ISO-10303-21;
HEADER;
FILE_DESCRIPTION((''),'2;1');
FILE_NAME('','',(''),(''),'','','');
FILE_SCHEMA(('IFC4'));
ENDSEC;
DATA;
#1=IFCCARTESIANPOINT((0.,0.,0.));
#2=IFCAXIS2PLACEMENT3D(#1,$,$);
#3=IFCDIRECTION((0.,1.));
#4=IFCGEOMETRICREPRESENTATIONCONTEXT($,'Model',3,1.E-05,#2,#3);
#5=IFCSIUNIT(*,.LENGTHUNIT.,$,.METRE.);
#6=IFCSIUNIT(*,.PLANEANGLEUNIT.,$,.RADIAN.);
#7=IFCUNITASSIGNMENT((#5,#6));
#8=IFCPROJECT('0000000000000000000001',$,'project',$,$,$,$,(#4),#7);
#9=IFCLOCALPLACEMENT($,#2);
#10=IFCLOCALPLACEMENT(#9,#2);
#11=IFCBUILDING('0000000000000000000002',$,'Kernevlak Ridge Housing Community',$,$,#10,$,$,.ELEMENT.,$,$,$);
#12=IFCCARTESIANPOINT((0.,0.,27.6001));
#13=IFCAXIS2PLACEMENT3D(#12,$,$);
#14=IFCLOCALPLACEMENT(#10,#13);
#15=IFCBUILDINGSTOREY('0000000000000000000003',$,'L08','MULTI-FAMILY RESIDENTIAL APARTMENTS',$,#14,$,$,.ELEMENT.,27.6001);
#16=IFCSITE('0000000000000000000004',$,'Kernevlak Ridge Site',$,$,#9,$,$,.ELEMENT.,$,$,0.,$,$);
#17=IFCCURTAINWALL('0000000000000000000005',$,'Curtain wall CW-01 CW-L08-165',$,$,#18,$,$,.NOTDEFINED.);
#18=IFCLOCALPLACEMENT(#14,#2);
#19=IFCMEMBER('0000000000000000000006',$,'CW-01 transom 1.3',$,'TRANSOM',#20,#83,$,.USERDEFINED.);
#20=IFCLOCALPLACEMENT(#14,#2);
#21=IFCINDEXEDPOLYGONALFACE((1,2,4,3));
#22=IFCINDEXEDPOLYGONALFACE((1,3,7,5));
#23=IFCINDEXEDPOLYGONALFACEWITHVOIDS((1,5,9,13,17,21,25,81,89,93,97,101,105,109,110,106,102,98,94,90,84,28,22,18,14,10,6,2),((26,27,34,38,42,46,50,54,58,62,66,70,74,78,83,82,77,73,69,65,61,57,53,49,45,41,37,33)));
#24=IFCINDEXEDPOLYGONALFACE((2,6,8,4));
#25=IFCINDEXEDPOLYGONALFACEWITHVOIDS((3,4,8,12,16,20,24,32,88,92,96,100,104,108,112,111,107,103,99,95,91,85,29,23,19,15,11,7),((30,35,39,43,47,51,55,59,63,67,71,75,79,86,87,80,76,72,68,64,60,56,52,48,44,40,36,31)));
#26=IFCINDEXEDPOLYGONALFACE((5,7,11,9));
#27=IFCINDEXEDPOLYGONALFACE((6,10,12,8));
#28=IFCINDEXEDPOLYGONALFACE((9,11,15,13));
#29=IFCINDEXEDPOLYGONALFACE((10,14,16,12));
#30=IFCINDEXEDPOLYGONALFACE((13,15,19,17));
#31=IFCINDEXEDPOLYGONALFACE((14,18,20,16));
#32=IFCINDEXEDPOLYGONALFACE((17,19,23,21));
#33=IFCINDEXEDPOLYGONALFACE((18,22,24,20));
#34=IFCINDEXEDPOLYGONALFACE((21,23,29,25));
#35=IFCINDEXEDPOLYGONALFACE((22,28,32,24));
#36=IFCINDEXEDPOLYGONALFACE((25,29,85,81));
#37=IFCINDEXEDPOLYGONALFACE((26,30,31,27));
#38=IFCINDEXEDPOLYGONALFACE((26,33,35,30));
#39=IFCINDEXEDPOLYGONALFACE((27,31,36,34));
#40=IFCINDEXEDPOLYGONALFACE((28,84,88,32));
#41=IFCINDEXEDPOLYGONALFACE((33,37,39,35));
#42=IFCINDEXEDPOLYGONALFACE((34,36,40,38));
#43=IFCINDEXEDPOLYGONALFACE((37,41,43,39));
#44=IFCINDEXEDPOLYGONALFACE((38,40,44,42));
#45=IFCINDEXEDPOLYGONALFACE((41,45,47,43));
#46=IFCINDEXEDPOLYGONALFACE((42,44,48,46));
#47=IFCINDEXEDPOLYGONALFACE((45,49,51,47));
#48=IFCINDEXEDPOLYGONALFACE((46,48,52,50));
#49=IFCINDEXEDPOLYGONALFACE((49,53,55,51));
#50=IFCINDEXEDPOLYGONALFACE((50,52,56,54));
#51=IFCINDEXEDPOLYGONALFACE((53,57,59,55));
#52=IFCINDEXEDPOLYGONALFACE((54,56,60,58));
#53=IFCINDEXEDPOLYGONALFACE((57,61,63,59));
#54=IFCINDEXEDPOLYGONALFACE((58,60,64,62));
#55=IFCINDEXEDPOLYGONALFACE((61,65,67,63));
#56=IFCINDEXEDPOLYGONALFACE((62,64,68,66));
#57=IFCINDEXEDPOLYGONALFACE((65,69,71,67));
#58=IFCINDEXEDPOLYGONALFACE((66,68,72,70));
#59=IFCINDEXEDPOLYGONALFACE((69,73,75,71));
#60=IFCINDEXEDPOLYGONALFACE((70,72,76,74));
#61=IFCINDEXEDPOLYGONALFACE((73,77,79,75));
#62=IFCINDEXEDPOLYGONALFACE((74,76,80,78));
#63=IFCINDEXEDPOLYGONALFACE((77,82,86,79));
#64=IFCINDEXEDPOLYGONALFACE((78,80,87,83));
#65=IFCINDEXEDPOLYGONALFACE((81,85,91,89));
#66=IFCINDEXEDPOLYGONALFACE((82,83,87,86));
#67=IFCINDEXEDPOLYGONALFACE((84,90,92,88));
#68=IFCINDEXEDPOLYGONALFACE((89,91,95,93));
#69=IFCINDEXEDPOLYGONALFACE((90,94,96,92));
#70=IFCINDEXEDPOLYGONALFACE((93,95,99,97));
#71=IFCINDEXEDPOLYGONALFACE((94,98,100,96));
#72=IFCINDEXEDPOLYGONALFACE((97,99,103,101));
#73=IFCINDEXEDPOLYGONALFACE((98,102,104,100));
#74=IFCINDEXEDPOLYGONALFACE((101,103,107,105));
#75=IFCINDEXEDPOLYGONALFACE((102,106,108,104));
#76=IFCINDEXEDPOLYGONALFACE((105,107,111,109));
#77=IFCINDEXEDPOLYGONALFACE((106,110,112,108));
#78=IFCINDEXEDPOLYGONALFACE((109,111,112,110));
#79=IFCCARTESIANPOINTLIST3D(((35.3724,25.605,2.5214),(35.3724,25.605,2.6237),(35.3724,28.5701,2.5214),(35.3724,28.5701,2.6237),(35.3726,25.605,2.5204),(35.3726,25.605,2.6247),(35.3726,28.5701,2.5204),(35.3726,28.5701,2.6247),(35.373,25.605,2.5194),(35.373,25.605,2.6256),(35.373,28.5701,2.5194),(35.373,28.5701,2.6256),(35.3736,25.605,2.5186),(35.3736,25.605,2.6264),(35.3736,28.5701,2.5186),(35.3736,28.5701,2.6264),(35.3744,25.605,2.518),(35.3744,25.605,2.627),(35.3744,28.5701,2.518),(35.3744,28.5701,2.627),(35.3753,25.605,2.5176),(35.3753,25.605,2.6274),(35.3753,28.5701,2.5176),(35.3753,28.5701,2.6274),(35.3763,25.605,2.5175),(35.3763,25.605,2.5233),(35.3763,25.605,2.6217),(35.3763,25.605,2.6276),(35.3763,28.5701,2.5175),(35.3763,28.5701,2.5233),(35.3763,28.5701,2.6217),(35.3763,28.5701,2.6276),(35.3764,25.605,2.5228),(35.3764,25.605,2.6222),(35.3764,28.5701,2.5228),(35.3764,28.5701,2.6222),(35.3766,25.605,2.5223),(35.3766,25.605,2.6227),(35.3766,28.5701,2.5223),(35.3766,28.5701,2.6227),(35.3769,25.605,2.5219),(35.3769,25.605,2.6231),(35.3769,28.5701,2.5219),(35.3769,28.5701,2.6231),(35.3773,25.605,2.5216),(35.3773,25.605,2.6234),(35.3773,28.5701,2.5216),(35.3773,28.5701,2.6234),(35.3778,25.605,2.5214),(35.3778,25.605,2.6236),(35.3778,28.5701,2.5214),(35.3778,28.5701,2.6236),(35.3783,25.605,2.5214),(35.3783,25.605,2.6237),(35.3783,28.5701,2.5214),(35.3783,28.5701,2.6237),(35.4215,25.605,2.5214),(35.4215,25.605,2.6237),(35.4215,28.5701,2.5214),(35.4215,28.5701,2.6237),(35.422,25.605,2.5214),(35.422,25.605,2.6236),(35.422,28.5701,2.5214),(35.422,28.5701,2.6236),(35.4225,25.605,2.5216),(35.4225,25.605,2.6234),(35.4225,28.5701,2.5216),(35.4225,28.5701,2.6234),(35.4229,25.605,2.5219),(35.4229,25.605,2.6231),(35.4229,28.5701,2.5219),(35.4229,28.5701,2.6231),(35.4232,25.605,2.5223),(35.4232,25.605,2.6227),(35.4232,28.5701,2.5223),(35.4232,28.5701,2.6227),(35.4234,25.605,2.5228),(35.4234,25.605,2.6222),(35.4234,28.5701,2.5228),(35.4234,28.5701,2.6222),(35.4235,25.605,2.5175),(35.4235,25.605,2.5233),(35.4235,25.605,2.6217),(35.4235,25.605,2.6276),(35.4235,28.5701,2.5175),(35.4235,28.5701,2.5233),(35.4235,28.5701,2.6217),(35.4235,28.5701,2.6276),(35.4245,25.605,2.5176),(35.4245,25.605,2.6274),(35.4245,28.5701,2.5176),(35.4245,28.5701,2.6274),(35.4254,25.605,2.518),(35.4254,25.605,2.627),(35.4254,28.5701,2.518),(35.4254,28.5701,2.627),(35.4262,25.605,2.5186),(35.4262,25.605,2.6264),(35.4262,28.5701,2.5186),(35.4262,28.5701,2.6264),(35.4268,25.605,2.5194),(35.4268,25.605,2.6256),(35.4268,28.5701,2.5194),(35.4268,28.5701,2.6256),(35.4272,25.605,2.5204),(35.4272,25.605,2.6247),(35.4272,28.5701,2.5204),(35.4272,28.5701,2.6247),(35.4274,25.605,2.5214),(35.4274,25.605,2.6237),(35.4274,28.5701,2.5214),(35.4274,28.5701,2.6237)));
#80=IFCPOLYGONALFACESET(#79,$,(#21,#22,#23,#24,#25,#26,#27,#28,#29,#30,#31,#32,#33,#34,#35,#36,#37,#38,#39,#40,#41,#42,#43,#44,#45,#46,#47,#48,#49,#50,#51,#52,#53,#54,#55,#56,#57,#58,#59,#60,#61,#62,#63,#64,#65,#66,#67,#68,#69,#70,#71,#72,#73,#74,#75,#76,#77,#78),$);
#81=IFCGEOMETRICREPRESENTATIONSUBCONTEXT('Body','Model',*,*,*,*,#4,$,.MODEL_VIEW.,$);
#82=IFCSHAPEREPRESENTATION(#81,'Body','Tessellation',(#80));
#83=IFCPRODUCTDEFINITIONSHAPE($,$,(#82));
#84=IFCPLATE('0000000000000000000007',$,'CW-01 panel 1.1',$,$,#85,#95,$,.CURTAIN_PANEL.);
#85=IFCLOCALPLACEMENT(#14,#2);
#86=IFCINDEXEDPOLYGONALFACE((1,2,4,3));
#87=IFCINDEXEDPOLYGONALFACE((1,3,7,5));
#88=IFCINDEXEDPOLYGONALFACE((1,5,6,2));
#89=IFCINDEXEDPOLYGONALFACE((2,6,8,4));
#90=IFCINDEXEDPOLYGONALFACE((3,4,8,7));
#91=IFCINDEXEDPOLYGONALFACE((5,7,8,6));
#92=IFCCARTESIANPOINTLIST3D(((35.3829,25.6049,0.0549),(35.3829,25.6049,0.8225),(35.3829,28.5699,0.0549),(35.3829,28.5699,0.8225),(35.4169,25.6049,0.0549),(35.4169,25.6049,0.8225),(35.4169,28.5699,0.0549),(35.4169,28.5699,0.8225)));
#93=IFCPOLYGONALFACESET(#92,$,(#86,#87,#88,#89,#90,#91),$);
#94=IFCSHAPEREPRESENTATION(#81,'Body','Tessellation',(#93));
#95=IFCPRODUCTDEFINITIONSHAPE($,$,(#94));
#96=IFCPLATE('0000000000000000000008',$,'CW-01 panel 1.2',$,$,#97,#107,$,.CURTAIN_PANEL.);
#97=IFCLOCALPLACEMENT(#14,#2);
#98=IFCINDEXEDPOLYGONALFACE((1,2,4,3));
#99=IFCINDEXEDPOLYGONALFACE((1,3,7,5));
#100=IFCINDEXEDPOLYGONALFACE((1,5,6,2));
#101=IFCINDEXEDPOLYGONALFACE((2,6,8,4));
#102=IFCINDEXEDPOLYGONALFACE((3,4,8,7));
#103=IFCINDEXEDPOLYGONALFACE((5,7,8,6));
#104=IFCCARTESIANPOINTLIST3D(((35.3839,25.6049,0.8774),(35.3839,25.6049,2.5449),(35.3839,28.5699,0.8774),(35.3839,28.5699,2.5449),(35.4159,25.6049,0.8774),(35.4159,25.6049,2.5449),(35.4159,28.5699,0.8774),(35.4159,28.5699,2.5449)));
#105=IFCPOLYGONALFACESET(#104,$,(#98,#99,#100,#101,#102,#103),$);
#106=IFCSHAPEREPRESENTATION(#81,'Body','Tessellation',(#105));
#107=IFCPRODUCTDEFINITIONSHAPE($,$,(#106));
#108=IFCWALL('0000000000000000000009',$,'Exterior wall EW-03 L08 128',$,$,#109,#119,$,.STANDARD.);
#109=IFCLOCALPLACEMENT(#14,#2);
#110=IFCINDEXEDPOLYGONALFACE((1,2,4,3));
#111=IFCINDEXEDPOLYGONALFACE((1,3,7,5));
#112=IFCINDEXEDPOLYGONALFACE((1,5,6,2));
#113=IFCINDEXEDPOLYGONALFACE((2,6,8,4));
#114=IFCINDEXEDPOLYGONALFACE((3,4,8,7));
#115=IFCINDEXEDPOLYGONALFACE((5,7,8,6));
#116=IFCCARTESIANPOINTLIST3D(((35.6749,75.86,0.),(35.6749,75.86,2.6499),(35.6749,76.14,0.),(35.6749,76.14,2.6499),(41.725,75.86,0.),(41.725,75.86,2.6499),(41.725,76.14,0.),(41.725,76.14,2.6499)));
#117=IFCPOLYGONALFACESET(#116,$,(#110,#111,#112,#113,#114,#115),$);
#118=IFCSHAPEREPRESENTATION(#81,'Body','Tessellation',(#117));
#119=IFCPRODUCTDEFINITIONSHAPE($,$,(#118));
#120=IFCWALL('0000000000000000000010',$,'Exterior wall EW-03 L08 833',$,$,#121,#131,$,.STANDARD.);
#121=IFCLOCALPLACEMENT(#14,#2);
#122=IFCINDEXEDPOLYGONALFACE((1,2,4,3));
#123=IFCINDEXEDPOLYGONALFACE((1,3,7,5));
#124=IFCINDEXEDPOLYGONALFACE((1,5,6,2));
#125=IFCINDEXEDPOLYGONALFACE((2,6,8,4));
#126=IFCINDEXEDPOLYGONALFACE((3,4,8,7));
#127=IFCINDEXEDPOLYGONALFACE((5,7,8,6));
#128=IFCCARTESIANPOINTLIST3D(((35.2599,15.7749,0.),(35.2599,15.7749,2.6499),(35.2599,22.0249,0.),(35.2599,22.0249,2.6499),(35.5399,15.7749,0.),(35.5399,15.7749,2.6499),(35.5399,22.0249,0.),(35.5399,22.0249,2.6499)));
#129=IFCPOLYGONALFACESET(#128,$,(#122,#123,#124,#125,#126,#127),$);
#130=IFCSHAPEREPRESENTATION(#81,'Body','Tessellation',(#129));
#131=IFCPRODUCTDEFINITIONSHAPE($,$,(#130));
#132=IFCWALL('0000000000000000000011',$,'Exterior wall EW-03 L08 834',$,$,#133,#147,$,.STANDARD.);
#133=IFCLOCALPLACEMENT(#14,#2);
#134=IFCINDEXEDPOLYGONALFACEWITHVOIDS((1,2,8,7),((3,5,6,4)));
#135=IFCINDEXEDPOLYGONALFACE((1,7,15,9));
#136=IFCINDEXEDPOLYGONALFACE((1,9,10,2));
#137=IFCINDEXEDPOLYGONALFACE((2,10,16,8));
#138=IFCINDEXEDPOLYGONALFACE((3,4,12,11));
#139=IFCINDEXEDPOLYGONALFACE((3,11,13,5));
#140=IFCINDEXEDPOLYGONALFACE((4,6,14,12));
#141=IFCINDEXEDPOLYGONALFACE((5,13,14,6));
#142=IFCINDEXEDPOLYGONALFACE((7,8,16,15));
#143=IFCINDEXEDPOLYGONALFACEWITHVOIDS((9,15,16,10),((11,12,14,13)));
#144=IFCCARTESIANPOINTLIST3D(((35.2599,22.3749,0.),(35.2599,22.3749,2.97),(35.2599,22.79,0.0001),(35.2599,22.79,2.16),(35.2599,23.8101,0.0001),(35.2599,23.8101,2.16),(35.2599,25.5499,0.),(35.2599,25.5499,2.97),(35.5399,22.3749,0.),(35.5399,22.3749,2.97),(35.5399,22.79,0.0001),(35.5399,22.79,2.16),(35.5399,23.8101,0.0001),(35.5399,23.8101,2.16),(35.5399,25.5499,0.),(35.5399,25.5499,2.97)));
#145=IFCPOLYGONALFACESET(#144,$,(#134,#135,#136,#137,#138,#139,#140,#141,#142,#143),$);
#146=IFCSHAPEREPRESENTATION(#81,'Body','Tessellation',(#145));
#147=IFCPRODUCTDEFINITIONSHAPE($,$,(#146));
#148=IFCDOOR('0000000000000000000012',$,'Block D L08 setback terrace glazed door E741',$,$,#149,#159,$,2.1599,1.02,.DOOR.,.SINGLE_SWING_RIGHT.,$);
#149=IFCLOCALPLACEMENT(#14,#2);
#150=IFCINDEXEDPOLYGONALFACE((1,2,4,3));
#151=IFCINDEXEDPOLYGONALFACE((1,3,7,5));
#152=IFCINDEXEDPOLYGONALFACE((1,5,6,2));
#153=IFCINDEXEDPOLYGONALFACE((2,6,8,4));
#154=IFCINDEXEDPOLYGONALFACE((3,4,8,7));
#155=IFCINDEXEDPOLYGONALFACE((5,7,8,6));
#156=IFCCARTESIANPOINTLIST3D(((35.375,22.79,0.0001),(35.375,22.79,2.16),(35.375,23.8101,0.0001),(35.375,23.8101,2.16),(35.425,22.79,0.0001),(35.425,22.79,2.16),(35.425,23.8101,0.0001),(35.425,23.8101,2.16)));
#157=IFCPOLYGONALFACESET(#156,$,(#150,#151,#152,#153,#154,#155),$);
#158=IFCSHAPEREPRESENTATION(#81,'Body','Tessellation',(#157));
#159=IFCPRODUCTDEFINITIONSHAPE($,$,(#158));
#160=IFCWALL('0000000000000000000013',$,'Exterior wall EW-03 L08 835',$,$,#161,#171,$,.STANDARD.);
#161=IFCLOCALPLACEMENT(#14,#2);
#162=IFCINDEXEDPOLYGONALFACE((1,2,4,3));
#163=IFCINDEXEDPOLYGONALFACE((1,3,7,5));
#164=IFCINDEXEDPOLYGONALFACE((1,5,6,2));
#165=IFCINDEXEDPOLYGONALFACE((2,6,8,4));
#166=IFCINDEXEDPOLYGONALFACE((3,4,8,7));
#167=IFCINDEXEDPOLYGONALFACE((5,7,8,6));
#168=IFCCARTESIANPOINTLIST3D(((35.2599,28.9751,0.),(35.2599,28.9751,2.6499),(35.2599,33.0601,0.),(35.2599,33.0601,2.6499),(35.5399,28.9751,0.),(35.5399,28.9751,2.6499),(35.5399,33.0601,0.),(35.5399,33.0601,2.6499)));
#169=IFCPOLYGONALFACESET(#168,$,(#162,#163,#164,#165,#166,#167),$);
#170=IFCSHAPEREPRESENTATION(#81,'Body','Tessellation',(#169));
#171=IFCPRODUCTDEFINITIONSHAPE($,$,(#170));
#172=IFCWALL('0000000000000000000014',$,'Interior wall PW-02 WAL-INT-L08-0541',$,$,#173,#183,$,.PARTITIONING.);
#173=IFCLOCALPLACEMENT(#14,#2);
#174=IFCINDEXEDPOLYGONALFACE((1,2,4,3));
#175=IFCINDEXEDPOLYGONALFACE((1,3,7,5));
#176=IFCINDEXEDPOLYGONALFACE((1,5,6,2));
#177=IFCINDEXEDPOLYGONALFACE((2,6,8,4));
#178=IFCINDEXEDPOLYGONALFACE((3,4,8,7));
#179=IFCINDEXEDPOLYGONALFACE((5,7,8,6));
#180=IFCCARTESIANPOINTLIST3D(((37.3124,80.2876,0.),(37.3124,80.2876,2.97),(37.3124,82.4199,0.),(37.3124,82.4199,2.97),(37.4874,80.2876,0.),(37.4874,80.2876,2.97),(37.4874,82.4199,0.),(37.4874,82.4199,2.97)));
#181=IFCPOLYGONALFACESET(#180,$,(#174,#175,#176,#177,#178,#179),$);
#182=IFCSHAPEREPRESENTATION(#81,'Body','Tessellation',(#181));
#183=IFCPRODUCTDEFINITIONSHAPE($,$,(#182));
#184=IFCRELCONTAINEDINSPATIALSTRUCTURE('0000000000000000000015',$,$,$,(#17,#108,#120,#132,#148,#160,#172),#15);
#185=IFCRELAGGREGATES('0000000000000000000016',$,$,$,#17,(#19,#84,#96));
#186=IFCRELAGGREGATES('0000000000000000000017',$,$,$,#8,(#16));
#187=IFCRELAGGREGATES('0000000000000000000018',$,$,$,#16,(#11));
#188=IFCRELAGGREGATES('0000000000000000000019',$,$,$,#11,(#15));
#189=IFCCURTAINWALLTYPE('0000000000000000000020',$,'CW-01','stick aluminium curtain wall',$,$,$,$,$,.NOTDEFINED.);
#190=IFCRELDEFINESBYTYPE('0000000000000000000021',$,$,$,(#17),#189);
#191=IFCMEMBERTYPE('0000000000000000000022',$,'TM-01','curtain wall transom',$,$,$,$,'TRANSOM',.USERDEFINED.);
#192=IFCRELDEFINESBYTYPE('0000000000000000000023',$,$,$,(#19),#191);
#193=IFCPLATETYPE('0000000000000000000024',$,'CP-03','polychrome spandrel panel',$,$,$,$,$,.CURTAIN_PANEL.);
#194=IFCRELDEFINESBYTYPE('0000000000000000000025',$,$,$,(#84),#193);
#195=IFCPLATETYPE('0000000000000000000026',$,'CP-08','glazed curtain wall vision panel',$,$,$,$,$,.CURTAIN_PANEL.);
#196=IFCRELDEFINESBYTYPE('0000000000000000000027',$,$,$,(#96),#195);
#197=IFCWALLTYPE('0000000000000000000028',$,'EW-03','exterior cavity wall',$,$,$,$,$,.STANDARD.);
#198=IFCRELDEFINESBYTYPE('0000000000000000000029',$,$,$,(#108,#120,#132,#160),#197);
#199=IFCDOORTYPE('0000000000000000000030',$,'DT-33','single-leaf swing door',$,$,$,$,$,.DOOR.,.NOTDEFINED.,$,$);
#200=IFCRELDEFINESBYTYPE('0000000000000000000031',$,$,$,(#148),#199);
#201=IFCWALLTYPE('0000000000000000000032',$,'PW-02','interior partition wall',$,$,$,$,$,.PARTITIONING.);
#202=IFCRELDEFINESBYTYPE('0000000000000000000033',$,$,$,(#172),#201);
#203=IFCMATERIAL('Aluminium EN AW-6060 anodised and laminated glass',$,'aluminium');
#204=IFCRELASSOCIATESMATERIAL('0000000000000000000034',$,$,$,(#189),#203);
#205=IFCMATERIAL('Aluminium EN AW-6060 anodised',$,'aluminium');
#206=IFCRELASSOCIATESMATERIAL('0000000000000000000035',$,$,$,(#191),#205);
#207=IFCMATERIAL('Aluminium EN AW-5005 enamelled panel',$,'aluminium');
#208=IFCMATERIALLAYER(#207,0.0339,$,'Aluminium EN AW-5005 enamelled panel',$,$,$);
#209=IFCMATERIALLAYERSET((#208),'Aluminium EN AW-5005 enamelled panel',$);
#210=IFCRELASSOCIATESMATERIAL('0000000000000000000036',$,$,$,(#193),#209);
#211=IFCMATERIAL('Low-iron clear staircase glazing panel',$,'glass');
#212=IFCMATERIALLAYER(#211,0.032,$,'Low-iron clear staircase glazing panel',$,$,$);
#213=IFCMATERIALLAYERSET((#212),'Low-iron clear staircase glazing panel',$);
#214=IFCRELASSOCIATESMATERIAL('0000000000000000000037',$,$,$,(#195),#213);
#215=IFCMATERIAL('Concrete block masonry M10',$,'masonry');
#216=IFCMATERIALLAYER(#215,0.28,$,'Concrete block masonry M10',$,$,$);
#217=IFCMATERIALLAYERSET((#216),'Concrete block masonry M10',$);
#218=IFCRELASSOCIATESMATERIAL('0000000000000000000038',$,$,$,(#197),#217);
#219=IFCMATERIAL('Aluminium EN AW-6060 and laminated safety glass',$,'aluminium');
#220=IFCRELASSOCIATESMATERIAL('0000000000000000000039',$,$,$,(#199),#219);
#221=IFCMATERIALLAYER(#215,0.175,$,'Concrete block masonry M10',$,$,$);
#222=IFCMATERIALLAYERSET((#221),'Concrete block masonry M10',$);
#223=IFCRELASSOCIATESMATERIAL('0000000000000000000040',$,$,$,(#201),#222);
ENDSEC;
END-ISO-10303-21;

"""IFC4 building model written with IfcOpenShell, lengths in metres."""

from ifc_helpers import new_model, si_unit, direction, frame, frame_2d, origin, origin_2d, place, context, subcontext, project, spatial, rectangle, hollow_rectangle, extrude, material, layer, layer_set, material_profile, profile_set, type_object, element, fill, aggregate, save


model = new_model("IFC4")

# Units and contexts
model_context = context("Model", 3, precision=1e-05, world=origin(), true_north=direction((0.0, 1.0)))
body_context = subcontext(model_context, "Body", "Model", "MODEL_VIEW")
ifc_project = project(units=[si_unit("LENGTHUNIT", "METRE"), si_unit("PLANEANGLEUNIT", "RADIAN")], contexts=[model_context])

# Site, building, storey
site_placement = place(None, origin())
site = spatial("IfcSite", under=ifc_project, at=site_placement, Name="Kernevlak Ridge Site", CompositionType="ELEMENT", RefElevation=0.0)
building_placement = place(site_placement, origin())
building = spatial("IfcBuilding", under=site, at=building_placement, Name="Kernevlak Ridge Housing Community", CompositionType="ELEMENT")
storey_placement = place(building_placement, frame((0.0, 0.0, 27.6001)))
storey = spatial("IfcBuildingStorey", under=building, at=storey_placement, Name="L08", Description="MULTI-FAMILY RESIDENTIAL APARTMENTS", CompositionType="ELEMENT", Elevation=27.6001)

# Curtain wall
ifc_material_1 = material(Name="Aluminium EN AW-6060 anodised and laminated glass", Category="aluminium")
curtain_wall_type = type_object("IfcCurtainWallType", Name="CW-01", Description="stick aluminium curtain wall", PredefinedType="NOTDEFINED", material=ifc_material_1)
curtain_wall_placement = place(storey_placement, origin())
curtain_wall = element("IfcCurtainWall", 1, at=curtain_wall_placement, inside=storey, type_object=curtain_wall_type, Name="Curtain wall CW-01 CW-L08-165", PredefinedType="NOTDEFINED")
ifc_material_2 = material(Name="Aluminium EN AW-6060 anodised", Category="aluminium")

# Member
ifc_material_profile_1 = material_profile(ifc_material_2, hollow_rectangle(XDim=0.0549, YDim=0.1101, WallThickness=0.0039, InnerFilletRadius=0.002, OuterFilletRadius=0.0039, at=origin_2d()), Name="ALU 55x110x4")
ifc_profile_set_1 = profile_set([ifc_material_profile_1], Name="Aluminium EN AW-6060 anodised")
member_type_1 = type_object("IfcMemberType", Name="TM-01", Description="curtain wall transom", ElementType="TRANSOM", PredefinedType="USERDEFINED", material=ifc_profile_set_1)
member_1_placement = place(storey_placement, frame((35.3999, 25.605, 2.5725), z_axis=(0.0, 1.0, 0.0), x_axis=(-1.0, 0.0, 0.0)))
member_1 = element("IfcMember", 2, at=member_1_placement, type_object=member_type_1, Name="CW-01 transom 1.3", ObjectType="TRANSOM", PredefinedType="USERDEFINED", context=body_context, shape_type="SweptSolid", body=[
    extrude(hollow_rectangle(XDim=0.0549, YDim=0.1101, WallThickness=0.0039, InnerFilletRadius=0.002, OuterFilletRadius=0.0039, at=origin_2d()), origin(), (0.0, 0.0, 1.0), 2.9651),
])

# Plates
ifc_material_3 = material(Name="Aluminium EN AW-5005 enamelled panel", Category="aluminium")
ifc_layer_1 = layer(ifc_material_3, 0.0339, Name="Aluminium EN AW-5005 enamelled panel")
ifc_layer_set_1 = layer_set([ifc_layer_1], Name="Aluminium EN AW-5005 enamelled panel")
plate_type_1 = type_object("IfcPlateType", Name="CP-03", Description="polychrome spandrel panel", PredefinedType="CURTAIN_PANEL", material=ifc_layer_set_1)
plate_1_placement = place(storey_placement, frame((35.3999, 27.0874, 0.0549), z_axis=(0.0, 0.0, 1.0), x_axis=(0.0, 1.0, 0.0)))
plate_1 = element("IfcPlate", 3, at=plate_1_placement, type_object=plate_type_1, Name="CW-01 panel 1.1", PredefinedType="CURTAIN_PANEL", context=body_context, shape_type="SweptSolid", body=[
    extrude(rectangle(XDim=2.9651, YDim=0.0339, at=origin_2d()), origin(), (0.0, 0.0, 1.0), 0.7676),
])
ifc_material_4 = material(Name="Low-iron clear staircase glazing panel", Category="glass")
ifc_layer_2 = layer(ifc_material_4, 0.032, Name="Low-iron clear staircase glazing panel")
ifc_layer_set_2 = layer_set([ifc_layer_2], Name="Low-iron clear staircase glazing panel")
plate_type_2 = type_object("IfcPlateType", Name="CP-08", Description="glazed curtain wall vision panel", PredefinedType="CURTAIN_PANEL", material=ifc_layer_set_2)
plate_2_placement = place(storey_placement, frame((35.3999, 27.0874, 0.8774), z_axis=(0.0, 0.0, 1.0), x_axis=(0.0, 1.0, 0.0)))
plate_2 = element("IfcPlate", 4, at=plate_2_placement, type_object=plate_type_2, Name="CW-01 panel 1.2", PredefinedType="CURTAIN_PANEL", context=body_context, shape_type="SweptSolid", body=[
    extrude(rectangle(XDim=2.9651, YDim=0.032, at=origin_2d()), origin(), (0.0, 0.0, 1.0), 1.6675),
])
aggregate(curtain_wall, [member_1, plate_1, plate_2])

# Walls
ifc_material_5 = material(Name="Concrete block masonry M10", Category="masonry")
ifc_layer_3 = layer(ifc_material_5, 0.28, Name="Concrete block masonry M10")
ifc_layer_set_3 = layer_set([ifc_layer_3], Name="Concrete block masonry M10")
wall_type_1 = type_object("IfcWallType", Name="EW-03", Description="exterior cavity wall", PredefinedType="STANDARD", material=ifc_layer_set_3)
wall_1_placement = place(storey_placement, frame((35.675, 76.0, 0.0), z_axis=(0.0, 0.0, 1.0), x_axis=(1.0, 0.0, 0.0)))
element("IfcWall", 5, at=wall_1_placement, inside=storey, type_object=wall_type_1, Name="Exterior wall EW-03 L08 128", PredefinedType="STANDARD", context=body_context, shape_type="SweptSolid", body=[
    extrude(rectangle(XDim=6.05, YDim=0.28, at=frame_2d((3.0249, 0.0))), origin(), (0.0, 0.0, 1.0), 2.6499),
])
wall_2_placement = place(storey_placement, frame((35.3999, 15.7749, 0.0), z_axis=(0.0, 0.0, 1.0), x_axis=(0.0, 1.0, 0.0)))
element("IfcWall", 6, at=wall_2_placement, inside=storey, type_object=wall_type_1, Name="Exterior wall EW-03 L08 833", PredefinedType="STANDARD", context=body_context, shape_type="SweptSolid", body=[
    extrude(rectangle(XDim=6.25, YDim=0.28, at=frame_2d((3.125, 0.0))), origin(), (0.0, 0.0, 1.0), 2.6499),
])

# Wall, opening, door
wall_3_placement = place(storey_placement, frame((35.3999, 22.375, 0.0), z_axis=(0.0, 0.0, 1.0), x_axis=(0.0, 1.0, 0.0)))
wall_3 = element("IfcWall", 7, at=wall_3_placement, inside=storey, type_object=wall_type_1, Name="Exterior wall EW-03 L08 834", PredefinedType="STANDARD", context=body_context, shape_type="SweptSolid", body=[
    extrude(rectangle(XDim=3.175, YDim=0.28, at=frame_2d((1.5874, 0.0))), origin(), (0.0, 0.0, 1.0), 2.97),
])
opening_1_placement = place(wall_3_placement, frame((0.415, 0.0, 0.0)))
opening_1 = element("IfcOpeningElement", 8, at=opening_1_placement, cuts=wall_3, PredefinedType="OPENING", context=body_context, shape_type="SweptSolid", body=[
    extrude(rectangle(XDim=1.02, YDim=2.1599, at=frame_2d((0.51, 1.0801))), frame((0.0, 0.1499, 0.0), z_axis=(0.0, -1.0, 0.0), x_axis=(1.0, 0.0, 0.0)), (0.0, 0.0, 1.0), 0.3),
])
ifc_material_6 = material(Name="Aluminium EN AW-6060 and laminated safety glass", Category="aluminium")
door_type_1 = type_object("IfcDoorType", Name="DT-33", Description="single-leaf swing door", OperationType="NOTDEFINED", PredefinedType="DOOR", material=ifc_material_6)
door_1_placement = place(opening_1_placement, origin())
door_1 = element("IfcDoor", 9, at=door_1_placement, inside=storey, type_object=door_type_1, Name="Block D L08 setback terrace glazed door E741", OperationType="SINGLE_SWING_RIGHT", OverallHeight=2.1599, OverallWidth=1.02, PredefinedType="DOOR", context=body_context, shape_type="SweptSolid", body=[
    extrude(rectangle(XDim=1.02, YDim=2.1599, at=frame_2d((0.51, 1.0801))), frame((0.0, 0.0249, 0.0), z_axis=(0.0, -1.0, 0.0), x_axis=(1.0, 0.0, 0.0)), (0.0, 0.0, 1.0), 0.05),
])
fill(opening_1, door_1)

# Walls
wall_4_placement = place(storey_placement, frame((35.3999, 28.9751, 0.0), z_axis=(0.0, 0.0, 1.0), x_axis=(0.0, 1.0, 0.0)))
element("IfcWall", 10, at=wall_4_placement, inside=storey, type_object=wall_type_1, Name="Exterior wall EW-03 L08 835", PredefinedType="STANDARD", context=body_context, shape_type="SweptSolid", body=[
    extrude(rectangle(XDim=4.085, YDim=0.28, at=frame_2d((2.0425, 0.0))), origin(), (0.0, 0.0, 1.0), 2.6499),
])
ifc_layer_4 = layer(ifc_material_5, 0.175, Name="Concrete block masonry M10")
ifc_layer_set_4 = layer_set([ifc_layer_4], Name="Concrete block masonry M10")
wall_type_2 = type_object("IfcWallType", Name="PW-02", Description="interior partition wall", PredefinedType="PARTITIONING", material=ifc_layer_set_4)
wall_5_placement = place(storey_placement, frame((37.3999, 82.4199, 0.0), z_axis=(0.0, 0.0, 1.0), x_axis=(0.0, -1.0, 0.0)))
element("IfcWall", 11, at=wall_5_placement, inside=storey, type_object=wall_type_2, Name="Interior wall PW-02 WAL-INT-L08-0541", PredefinedType="PARTITIONING", context=body_context, shape_type="SweptSolid", body=[
    extrude(rectangle(XDim=2.1323, YDim=0.175, at=frame_2d((1.0662, 0.0))), origin(), (0.0, 0.0, 1.0), 2.97),
])

save(model, "model.ifc")
